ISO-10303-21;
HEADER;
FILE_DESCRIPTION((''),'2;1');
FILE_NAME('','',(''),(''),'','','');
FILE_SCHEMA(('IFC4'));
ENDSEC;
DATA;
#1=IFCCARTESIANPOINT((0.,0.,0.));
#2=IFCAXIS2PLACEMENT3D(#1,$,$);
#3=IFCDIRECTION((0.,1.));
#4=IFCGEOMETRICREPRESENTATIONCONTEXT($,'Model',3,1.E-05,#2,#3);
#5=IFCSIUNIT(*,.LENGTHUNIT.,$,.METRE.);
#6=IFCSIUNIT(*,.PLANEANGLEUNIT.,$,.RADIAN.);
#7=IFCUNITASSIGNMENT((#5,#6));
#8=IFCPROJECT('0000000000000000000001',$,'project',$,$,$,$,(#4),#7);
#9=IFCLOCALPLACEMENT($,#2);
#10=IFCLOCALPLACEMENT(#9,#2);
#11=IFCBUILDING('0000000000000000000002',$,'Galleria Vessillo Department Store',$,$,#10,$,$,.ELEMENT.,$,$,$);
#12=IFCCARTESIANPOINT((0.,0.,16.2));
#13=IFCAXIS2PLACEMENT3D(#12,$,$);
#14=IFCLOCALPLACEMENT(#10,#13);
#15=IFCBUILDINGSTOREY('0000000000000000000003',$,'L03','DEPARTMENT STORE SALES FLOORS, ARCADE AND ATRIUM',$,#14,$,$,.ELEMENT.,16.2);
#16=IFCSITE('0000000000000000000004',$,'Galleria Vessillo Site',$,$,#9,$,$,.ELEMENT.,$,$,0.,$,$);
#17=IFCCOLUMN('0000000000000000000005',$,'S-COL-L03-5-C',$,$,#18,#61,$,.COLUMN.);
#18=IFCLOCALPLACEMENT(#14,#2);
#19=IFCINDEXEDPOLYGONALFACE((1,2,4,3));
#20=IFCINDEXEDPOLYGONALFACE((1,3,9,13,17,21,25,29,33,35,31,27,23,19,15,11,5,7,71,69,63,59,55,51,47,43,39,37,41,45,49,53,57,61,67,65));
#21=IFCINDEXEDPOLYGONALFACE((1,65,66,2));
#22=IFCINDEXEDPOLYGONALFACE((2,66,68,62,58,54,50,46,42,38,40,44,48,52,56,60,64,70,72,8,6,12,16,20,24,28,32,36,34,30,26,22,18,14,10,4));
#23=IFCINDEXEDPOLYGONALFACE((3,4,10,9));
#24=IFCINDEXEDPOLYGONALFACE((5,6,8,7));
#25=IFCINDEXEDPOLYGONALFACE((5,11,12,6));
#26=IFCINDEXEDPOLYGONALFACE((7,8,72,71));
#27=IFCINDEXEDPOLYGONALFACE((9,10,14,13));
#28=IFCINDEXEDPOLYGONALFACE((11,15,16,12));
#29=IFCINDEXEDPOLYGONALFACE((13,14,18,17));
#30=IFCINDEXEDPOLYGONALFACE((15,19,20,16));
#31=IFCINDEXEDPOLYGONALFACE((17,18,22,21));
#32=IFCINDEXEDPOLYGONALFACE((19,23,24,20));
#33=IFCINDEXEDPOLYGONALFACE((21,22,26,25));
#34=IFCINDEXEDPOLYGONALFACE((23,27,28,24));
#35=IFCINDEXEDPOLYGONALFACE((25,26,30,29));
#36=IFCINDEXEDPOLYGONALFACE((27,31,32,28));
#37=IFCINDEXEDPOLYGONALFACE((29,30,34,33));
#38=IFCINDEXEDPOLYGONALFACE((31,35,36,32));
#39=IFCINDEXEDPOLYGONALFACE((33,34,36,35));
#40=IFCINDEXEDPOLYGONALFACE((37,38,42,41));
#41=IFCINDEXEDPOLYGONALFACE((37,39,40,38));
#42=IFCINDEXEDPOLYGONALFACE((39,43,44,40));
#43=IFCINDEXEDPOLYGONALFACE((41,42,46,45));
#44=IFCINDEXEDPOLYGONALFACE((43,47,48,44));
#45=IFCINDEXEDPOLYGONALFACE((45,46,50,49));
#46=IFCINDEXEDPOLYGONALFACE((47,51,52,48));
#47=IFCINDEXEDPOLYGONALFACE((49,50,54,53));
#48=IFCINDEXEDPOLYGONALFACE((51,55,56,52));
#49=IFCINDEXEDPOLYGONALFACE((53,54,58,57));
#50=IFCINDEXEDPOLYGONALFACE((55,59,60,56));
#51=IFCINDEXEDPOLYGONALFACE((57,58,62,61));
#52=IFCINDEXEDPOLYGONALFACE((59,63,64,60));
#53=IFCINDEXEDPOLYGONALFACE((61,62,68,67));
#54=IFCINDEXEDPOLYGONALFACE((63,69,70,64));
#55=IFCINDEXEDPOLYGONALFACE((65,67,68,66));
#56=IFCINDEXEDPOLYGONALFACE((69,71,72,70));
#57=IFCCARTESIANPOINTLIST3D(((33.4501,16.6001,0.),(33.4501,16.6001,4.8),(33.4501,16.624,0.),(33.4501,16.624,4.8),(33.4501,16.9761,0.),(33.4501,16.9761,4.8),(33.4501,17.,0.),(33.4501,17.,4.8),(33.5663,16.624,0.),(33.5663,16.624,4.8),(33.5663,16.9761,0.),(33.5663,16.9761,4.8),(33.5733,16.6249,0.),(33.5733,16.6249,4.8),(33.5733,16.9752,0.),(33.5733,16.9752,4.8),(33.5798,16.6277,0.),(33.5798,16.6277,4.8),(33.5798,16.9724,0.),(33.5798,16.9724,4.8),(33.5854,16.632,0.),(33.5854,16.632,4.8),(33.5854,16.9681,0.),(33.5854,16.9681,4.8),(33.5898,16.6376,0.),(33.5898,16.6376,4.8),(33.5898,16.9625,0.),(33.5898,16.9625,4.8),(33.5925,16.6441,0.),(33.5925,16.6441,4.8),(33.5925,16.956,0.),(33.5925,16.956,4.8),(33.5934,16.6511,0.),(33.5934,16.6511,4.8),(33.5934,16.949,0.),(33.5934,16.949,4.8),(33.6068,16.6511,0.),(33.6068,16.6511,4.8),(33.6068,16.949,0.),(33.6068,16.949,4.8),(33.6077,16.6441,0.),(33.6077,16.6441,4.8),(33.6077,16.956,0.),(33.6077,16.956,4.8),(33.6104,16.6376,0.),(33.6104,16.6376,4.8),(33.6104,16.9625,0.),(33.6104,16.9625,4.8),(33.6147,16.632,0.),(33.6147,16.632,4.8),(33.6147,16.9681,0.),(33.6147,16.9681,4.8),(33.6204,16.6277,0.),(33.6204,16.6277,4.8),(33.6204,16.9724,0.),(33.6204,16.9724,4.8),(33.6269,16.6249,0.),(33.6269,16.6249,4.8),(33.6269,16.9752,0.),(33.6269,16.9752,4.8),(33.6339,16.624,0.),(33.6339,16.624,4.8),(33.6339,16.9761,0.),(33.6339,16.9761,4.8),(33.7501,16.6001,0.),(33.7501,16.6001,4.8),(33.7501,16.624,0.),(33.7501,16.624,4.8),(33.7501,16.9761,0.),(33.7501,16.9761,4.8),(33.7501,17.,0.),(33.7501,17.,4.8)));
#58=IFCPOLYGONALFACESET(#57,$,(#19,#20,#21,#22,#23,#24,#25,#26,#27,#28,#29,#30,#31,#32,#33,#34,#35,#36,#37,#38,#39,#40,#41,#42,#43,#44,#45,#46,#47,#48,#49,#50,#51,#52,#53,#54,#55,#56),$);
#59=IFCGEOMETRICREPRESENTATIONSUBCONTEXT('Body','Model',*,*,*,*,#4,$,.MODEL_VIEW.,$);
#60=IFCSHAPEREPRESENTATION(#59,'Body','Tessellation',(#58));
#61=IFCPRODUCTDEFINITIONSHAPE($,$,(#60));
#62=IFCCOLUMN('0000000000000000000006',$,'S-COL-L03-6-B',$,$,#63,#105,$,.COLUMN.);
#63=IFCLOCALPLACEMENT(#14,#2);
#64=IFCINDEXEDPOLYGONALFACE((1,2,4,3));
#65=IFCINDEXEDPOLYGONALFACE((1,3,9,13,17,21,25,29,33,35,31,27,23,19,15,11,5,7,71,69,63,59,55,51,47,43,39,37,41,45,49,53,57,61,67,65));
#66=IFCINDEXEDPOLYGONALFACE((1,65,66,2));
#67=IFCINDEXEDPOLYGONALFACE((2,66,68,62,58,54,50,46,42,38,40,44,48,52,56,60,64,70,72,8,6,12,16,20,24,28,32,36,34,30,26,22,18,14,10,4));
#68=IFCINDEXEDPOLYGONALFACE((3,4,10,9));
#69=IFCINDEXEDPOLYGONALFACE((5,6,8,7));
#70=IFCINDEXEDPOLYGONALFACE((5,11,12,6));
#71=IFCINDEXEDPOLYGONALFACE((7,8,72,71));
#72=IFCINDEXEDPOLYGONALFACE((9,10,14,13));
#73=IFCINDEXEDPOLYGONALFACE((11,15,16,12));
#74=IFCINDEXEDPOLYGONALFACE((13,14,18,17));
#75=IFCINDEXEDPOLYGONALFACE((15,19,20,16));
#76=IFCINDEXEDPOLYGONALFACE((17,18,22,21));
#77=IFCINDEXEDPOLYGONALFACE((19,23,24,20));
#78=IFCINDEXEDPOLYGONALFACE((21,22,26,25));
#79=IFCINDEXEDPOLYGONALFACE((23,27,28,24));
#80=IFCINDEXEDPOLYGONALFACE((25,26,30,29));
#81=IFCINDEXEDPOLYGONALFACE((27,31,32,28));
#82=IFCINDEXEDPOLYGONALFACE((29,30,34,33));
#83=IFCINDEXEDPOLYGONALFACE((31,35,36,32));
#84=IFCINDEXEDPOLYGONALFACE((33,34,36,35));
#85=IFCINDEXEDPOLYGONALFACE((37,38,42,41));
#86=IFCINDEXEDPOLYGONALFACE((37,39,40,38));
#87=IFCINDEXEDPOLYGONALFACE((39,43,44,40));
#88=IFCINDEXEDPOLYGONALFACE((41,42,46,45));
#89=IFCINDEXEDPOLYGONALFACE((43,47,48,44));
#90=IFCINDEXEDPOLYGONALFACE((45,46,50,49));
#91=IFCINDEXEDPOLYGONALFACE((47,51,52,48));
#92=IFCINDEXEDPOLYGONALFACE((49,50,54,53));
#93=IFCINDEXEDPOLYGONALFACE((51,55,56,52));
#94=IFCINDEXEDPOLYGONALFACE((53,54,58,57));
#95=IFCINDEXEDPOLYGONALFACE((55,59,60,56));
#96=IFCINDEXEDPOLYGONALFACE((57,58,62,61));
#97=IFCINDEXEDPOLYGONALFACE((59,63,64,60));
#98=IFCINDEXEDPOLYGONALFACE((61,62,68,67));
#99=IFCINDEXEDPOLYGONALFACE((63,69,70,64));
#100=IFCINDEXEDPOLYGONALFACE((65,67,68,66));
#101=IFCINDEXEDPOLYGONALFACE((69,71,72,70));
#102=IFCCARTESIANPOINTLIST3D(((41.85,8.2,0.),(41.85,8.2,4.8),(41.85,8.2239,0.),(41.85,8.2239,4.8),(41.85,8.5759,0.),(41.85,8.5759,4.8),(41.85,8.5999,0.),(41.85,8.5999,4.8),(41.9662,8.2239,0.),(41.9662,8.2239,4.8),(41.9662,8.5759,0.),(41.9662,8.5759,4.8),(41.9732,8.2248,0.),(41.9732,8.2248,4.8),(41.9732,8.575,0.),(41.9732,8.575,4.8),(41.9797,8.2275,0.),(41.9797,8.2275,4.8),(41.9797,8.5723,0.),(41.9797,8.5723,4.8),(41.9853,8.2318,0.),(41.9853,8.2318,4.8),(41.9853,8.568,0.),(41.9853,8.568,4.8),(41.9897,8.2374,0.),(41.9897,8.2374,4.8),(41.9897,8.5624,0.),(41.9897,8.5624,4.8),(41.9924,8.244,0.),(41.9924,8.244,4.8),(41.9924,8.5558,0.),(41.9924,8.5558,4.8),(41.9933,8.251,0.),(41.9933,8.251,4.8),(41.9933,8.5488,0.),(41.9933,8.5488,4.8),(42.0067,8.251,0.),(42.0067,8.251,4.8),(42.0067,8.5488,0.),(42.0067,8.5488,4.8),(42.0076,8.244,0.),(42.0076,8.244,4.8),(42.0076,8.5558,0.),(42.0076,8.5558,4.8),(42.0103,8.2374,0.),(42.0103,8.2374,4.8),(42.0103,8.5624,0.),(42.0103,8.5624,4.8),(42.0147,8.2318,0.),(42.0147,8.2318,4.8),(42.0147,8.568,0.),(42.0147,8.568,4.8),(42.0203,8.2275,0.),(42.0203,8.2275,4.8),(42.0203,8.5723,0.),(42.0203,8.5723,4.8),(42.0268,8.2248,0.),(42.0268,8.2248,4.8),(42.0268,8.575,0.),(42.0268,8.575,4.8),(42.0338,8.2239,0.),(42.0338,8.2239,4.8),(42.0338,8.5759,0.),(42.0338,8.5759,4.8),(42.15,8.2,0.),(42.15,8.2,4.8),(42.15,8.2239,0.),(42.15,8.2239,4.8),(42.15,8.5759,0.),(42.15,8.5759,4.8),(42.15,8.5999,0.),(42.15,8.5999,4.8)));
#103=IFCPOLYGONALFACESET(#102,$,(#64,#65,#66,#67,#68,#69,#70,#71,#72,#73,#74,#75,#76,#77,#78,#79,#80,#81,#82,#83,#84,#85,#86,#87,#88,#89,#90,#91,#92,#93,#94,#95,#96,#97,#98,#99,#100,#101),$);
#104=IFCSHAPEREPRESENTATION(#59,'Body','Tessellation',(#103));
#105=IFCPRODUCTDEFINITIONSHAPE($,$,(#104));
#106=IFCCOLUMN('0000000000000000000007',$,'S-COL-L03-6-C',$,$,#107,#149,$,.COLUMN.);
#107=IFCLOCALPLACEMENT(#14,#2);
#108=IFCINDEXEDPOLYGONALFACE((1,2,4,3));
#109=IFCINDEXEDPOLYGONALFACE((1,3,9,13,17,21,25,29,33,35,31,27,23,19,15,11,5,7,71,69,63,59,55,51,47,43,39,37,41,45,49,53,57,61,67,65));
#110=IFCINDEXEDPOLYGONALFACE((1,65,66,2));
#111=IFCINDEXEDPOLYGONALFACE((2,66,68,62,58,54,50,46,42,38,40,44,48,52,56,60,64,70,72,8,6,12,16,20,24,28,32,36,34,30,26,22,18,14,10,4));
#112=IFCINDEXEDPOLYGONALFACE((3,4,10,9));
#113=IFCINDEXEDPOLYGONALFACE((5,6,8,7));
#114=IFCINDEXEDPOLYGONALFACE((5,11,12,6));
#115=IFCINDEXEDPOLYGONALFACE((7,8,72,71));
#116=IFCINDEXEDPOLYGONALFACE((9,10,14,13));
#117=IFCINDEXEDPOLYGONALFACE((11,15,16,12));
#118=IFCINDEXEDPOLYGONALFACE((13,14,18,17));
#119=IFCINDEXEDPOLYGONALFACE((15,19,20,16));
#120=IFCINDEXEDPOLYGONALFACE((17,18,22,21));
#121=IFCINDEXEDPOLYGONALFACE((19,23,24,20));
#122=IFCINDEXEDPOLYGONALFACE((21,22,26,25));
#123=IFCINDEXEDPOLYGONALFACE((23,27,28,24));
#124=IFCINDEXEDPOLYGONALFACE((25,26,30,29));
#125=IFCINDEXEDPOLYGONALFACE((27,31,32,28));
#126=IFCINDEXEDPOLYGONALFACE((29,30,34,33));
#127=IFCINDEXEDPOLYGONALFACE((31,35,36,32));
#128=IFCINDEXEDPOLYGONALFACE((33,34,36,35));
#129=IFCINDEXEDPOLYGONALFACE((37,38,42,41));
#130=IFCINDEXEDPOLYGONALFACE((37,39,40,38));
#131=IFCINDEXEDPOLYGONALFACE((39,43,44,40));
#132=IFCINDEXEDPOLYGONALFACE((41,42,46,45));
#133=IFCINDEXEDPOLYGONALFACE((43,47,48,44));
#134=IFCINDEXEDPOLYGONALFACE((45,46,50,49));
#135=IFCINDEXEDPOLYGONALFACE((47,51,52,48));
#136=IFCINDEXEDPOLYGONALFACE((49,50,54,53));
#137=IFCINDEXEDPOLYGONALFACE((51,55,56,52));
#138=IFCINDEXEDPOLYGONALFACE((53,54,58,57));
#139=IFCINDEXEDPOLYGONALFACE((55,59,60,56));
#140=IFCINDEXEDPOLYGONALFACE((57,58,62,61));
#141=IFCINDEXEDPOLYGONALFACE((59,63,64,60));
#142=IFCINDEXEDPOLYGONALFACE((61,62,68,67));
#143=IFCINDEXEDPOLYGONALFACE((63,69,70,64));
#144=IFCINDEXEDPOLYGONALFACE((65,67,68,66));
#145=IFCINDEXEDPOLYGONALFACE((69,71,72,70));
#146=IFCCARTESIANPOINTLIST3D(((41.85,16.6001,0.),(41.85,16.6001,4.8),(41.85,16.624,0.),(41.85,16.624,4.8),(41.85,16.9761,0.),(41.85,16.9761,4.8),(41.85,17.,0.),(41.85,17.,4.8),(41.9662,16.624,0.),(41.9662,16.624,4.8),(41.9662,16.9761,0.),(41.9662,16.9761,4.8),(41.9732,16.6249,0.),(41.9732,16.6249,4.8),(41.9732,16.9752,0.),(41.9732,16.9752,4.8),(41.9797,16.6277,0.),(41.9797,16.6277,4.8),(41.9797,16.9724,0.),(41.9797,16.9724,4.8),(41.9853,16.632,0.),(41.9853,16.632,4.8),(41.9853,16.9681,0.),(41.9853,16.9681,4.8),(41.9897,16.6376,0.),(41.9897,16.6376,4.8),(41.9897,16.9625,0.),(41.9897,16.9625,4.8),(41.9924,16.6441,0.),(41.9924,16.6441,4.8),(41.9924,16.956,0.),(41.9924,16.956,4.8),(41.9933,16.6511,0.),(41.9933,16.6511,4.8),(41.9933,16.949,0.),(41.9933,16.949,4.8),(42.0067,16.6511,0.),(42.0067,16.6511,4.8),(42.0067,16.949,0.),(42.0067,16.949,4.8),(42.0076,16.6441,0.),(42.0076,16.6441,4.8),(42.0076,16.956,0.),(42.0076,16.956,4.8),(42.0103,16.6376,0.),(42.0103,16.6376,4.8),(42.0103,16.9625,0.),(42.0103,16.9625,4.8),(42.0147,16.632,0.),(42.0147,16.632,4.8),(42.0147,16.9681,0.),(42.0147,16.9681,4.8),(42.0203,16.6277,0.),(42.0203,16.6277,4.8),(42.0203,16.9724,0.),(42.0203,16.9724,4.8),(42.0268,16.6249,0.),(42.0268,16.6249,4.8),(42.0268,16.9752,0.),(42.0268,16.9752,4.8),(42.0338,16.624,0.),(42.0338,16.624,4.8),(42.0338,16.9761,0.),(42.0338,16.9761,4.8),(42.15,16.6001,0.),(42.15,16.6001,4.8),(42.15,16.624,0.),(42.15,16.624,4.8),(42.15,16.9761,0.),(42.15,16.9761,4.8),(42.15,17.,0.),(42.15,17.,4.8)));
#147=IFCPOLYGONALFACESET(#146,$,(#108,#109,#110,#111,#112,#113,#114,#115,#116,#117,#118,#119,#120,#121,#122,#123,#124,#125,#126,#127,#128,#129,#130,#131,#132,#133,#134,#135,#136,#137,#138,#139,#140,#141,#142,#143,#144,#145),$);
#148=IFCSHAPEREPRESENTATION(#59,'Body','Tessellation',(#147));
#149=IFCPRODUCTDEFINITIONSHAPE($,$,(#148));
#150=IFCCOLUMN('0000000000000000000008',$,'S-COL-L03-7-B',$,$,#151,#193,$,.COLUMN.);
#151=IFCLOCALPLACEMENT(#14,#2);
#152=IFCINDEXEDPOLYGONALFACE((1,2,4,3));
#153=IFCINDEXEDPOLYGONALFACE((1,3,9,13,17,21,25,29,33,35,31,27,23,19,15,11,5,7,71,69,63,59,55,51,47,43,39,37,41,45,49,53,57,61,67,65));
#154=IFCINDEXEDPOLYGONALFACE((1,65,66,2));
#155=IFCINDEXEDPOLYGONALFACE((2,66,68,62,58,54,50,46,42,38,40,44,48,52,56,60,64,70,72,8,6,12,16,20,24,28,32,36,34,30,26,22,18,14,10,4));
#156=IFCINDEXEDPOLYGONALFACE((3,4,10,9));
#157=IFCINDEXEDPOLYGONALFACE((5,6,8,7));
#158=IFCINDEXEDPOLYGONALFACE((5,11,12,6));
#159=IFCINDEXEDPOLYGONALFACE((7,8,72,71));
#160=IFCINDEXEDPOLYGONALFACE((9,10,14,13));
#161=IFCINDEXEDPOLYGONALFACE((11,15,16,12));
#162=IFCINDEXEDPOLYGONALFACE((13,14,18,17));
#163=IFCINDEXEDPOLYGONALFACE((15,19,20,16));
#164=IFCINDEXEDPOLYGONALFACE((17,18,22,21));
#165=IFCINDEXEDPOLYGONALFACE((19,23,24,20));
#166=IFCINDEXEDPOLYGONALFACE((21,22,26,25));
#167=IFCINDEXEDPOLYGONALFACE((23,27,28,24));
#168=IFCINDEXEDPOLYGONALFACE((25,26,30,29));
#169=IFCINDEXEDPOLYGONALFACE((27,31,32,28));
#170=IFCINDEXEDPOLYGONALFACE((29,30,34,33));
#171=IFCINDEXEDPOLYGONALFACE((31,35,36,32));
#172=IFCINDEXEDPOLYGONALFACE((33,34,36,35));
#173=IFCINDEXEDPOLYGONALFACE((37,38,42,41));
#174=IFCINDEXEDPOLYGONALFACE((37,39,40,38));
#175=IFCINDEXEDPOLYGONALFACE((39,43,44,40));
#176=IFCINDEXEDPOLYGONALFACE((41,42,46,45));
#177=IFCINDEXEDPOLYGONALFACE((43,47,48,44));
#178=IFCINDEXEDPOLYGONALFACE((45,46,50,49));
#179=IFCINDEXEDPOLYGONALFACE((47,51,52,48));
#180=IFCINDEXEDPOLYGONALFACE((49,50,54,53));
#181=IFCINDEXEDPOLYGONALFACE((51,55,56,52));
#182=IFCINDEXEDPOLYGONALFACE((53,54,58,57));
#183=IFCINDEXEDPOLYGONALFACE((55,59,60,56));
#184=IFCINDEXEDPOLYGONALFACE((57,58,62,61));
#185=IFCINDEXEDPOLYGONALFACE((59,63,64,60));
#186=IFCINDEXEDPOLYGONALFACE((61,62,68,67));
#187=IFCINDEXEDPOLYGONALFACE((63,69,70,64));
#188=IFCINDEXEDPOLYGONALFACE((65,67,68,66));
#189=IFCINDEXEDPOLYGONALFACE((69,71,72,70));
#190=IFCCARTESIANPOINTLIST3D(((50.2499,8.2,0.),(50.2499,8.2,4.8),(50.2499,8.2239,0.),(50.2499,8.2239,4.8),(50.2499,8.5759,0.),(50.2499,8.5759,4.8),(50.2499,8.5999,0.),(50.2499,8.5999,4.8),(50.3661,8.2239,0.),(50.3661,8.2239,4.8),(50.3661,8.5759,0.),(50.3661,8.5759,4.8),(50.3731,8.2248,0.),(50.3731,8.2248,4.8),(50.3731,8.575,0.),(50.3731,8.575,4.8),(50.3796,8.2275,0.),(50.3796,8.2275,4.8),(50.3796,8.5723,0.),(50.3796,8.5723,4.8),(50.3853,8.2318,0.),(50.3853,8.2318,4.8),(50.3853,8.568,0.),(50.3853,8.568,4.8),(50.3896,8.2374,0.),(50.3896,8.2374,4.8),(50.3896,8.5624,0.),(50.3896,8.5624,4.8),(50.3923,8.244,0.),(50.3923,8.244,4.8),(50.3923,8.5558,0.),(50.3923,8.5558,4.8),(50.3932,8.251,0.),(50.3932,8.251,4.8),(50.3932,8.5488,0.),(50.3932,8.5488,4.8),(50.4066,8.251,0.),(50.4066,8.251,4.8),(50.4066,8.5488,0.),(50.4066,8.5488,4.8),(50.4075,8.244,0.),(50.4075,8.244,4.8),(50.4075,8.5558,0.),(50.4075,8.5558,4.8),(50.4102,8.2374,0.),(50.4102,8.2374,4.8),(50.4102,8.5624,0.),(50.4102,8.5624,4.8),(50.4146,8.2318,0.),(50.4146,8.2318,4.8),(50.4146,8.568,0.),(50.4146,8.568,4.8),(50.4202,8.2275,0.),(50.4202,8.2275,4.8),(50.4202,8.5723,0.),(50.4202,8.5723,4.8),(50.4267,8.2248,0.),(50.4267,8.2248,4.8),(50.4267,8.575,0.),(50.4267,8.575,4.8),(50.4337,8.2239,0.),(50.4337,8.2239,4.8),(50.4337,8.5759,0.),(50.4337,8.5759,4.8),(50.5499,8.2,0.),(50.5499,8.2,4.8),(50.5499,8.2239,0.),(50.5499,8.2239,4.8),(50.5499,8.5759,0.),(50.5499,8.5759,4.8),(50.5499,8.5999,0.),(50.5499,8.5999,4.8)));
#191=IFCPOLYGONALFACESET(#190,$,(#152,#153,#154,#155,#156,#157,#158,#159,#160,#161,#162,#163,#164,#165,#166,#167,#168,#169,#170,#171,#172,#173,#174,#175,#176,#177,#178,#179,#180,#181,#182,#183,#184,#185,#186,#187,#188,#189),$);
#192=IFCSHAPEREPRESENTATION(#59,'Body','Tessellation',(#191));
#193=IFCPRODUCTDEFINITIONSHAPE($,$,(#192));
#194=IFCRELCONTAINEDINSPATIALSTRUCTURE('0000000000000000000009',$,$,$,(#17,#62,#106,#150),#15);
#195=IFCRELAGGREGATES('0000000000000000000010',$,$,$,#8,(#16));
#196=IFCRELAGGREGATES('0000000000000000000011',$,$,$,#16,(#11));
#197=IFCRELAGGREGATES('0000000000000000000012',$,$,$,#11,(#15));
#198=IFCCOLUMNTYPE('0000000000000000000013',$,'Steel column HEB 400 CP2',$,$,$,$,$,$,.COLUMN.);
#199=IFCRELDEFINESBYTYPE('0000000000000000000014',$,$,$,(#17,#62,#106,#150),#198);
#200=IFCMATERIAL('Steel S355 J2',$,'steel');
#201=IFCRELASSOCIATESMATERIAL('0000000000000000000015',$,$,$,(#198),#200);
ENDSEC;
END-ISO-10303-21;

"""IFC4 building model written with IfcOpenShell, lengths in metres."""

from ifc_helpers import new_model, si_unit, direction, frame, origin, origin_2d, place, context, subcontext, project, spatial, i_section, extrude, material, material_profile, profile_set, type_object, element, save


model = new_model("IFC4")

# Units and contexts
model_context = context("Model", 3, precision=1e-05, world=origin(), true_north=direction((0.0, 1.0)))
body_context = subcontext(model_context, "Body", "Model", "MODEL_VIEW")
ifc_project = project(units=[si_unit("LENGTHUNIT", "METRE"), si_unit("PLANEANGLEUNIT", "RADIAN")], contexts=[model_context])

# Site, building, storey
site_placement = place(None, origin())
site = spatial("IfcSite", under=ifc_project, at=site_placement, Name="Galleria Vessillo Site", CompositionType="ELEMENT", RefElevation=0.0)
building_placement = place(site_placement, origin())
building = spatial("IfcBuilding", under=site, at=building_placement, Name="Galleria Vessillo Department Store", CompositionType="ELEMENT")
storey_placement = place(building_placement, frame((0.0, 0.0, 16.2)))
storey = spatial("IfcBuildingStorey", under=building, at=storey_placement, Name="L03", Description="DEPARTMENT STORE SALES FLOORS, ARCADE AND ATRIUM", CompositionType="ELEMENT", Elevation=16.2)

# Columns
ifc_material_1 = material(Name="Steel S355 J2", Category="steel")
ifc_material_profile_1 = material_profile(ifc_material_1, i_section(OverallWidth=0.3, OverallDepth=0.3999, WebThickness=0.0134, FlangeThickness=0.0239, FilletRadius=0.0271, at=origin_2d()), Name="HEB 400")
ifc_profile_set_1 = profile_set([ifc_material_profile_1], Name="Steel S355 J2")
column_type = type_object("IfcColumnType", Name="Steel column HEB 400 CP2", PredefinedType="COLUMN", material=ifc_profile_set_1)
for number, where, z_axis, x_axis, name in (
    (1, (33.6001, 16.8, 0.0), (0.0, 0.0, 1.0), (1.0, 0.0, 0.0), "S-COL-L03-5-C"),
    (2, (42.0, 8.3999, 0.0), (0.0, 0.0, 1.0), (1.0, 0.0, 0.0), "S-COL-L03-6-B"),
    (3, (42.0, 16.8, 0.0), (0.0, 0.0, 1.0), (1.0, 0.0, 0.0), "S-COL-L03-6-C"),
    (4, (50.3999, 8.3999, 0.0), (0.0, 0.0, 1.0), (1.0, 0.0, 0.0), "S-COL-L03-7-B"),
):
    element("IfcColumn", number, at=place(storey_placement, frame(where, z_axis=z_axis, x_axis=x_axis)), inside=storey, type_object=column_type, Name=name, PredefinedType="COLUMN", context=body_context, shape_type="SweptSolid", body=[
        extrude(i_section(OverallWidth=0.3, OverallDepth=0.3999, WebThickness=0.0134, FlangeThickness=0.0239, FilletRadius=0.0271, at=origin_2d()), origin(), (0.0, 0.0, 1.0), 4.8),
    ])

save(model, "model.ifc")
